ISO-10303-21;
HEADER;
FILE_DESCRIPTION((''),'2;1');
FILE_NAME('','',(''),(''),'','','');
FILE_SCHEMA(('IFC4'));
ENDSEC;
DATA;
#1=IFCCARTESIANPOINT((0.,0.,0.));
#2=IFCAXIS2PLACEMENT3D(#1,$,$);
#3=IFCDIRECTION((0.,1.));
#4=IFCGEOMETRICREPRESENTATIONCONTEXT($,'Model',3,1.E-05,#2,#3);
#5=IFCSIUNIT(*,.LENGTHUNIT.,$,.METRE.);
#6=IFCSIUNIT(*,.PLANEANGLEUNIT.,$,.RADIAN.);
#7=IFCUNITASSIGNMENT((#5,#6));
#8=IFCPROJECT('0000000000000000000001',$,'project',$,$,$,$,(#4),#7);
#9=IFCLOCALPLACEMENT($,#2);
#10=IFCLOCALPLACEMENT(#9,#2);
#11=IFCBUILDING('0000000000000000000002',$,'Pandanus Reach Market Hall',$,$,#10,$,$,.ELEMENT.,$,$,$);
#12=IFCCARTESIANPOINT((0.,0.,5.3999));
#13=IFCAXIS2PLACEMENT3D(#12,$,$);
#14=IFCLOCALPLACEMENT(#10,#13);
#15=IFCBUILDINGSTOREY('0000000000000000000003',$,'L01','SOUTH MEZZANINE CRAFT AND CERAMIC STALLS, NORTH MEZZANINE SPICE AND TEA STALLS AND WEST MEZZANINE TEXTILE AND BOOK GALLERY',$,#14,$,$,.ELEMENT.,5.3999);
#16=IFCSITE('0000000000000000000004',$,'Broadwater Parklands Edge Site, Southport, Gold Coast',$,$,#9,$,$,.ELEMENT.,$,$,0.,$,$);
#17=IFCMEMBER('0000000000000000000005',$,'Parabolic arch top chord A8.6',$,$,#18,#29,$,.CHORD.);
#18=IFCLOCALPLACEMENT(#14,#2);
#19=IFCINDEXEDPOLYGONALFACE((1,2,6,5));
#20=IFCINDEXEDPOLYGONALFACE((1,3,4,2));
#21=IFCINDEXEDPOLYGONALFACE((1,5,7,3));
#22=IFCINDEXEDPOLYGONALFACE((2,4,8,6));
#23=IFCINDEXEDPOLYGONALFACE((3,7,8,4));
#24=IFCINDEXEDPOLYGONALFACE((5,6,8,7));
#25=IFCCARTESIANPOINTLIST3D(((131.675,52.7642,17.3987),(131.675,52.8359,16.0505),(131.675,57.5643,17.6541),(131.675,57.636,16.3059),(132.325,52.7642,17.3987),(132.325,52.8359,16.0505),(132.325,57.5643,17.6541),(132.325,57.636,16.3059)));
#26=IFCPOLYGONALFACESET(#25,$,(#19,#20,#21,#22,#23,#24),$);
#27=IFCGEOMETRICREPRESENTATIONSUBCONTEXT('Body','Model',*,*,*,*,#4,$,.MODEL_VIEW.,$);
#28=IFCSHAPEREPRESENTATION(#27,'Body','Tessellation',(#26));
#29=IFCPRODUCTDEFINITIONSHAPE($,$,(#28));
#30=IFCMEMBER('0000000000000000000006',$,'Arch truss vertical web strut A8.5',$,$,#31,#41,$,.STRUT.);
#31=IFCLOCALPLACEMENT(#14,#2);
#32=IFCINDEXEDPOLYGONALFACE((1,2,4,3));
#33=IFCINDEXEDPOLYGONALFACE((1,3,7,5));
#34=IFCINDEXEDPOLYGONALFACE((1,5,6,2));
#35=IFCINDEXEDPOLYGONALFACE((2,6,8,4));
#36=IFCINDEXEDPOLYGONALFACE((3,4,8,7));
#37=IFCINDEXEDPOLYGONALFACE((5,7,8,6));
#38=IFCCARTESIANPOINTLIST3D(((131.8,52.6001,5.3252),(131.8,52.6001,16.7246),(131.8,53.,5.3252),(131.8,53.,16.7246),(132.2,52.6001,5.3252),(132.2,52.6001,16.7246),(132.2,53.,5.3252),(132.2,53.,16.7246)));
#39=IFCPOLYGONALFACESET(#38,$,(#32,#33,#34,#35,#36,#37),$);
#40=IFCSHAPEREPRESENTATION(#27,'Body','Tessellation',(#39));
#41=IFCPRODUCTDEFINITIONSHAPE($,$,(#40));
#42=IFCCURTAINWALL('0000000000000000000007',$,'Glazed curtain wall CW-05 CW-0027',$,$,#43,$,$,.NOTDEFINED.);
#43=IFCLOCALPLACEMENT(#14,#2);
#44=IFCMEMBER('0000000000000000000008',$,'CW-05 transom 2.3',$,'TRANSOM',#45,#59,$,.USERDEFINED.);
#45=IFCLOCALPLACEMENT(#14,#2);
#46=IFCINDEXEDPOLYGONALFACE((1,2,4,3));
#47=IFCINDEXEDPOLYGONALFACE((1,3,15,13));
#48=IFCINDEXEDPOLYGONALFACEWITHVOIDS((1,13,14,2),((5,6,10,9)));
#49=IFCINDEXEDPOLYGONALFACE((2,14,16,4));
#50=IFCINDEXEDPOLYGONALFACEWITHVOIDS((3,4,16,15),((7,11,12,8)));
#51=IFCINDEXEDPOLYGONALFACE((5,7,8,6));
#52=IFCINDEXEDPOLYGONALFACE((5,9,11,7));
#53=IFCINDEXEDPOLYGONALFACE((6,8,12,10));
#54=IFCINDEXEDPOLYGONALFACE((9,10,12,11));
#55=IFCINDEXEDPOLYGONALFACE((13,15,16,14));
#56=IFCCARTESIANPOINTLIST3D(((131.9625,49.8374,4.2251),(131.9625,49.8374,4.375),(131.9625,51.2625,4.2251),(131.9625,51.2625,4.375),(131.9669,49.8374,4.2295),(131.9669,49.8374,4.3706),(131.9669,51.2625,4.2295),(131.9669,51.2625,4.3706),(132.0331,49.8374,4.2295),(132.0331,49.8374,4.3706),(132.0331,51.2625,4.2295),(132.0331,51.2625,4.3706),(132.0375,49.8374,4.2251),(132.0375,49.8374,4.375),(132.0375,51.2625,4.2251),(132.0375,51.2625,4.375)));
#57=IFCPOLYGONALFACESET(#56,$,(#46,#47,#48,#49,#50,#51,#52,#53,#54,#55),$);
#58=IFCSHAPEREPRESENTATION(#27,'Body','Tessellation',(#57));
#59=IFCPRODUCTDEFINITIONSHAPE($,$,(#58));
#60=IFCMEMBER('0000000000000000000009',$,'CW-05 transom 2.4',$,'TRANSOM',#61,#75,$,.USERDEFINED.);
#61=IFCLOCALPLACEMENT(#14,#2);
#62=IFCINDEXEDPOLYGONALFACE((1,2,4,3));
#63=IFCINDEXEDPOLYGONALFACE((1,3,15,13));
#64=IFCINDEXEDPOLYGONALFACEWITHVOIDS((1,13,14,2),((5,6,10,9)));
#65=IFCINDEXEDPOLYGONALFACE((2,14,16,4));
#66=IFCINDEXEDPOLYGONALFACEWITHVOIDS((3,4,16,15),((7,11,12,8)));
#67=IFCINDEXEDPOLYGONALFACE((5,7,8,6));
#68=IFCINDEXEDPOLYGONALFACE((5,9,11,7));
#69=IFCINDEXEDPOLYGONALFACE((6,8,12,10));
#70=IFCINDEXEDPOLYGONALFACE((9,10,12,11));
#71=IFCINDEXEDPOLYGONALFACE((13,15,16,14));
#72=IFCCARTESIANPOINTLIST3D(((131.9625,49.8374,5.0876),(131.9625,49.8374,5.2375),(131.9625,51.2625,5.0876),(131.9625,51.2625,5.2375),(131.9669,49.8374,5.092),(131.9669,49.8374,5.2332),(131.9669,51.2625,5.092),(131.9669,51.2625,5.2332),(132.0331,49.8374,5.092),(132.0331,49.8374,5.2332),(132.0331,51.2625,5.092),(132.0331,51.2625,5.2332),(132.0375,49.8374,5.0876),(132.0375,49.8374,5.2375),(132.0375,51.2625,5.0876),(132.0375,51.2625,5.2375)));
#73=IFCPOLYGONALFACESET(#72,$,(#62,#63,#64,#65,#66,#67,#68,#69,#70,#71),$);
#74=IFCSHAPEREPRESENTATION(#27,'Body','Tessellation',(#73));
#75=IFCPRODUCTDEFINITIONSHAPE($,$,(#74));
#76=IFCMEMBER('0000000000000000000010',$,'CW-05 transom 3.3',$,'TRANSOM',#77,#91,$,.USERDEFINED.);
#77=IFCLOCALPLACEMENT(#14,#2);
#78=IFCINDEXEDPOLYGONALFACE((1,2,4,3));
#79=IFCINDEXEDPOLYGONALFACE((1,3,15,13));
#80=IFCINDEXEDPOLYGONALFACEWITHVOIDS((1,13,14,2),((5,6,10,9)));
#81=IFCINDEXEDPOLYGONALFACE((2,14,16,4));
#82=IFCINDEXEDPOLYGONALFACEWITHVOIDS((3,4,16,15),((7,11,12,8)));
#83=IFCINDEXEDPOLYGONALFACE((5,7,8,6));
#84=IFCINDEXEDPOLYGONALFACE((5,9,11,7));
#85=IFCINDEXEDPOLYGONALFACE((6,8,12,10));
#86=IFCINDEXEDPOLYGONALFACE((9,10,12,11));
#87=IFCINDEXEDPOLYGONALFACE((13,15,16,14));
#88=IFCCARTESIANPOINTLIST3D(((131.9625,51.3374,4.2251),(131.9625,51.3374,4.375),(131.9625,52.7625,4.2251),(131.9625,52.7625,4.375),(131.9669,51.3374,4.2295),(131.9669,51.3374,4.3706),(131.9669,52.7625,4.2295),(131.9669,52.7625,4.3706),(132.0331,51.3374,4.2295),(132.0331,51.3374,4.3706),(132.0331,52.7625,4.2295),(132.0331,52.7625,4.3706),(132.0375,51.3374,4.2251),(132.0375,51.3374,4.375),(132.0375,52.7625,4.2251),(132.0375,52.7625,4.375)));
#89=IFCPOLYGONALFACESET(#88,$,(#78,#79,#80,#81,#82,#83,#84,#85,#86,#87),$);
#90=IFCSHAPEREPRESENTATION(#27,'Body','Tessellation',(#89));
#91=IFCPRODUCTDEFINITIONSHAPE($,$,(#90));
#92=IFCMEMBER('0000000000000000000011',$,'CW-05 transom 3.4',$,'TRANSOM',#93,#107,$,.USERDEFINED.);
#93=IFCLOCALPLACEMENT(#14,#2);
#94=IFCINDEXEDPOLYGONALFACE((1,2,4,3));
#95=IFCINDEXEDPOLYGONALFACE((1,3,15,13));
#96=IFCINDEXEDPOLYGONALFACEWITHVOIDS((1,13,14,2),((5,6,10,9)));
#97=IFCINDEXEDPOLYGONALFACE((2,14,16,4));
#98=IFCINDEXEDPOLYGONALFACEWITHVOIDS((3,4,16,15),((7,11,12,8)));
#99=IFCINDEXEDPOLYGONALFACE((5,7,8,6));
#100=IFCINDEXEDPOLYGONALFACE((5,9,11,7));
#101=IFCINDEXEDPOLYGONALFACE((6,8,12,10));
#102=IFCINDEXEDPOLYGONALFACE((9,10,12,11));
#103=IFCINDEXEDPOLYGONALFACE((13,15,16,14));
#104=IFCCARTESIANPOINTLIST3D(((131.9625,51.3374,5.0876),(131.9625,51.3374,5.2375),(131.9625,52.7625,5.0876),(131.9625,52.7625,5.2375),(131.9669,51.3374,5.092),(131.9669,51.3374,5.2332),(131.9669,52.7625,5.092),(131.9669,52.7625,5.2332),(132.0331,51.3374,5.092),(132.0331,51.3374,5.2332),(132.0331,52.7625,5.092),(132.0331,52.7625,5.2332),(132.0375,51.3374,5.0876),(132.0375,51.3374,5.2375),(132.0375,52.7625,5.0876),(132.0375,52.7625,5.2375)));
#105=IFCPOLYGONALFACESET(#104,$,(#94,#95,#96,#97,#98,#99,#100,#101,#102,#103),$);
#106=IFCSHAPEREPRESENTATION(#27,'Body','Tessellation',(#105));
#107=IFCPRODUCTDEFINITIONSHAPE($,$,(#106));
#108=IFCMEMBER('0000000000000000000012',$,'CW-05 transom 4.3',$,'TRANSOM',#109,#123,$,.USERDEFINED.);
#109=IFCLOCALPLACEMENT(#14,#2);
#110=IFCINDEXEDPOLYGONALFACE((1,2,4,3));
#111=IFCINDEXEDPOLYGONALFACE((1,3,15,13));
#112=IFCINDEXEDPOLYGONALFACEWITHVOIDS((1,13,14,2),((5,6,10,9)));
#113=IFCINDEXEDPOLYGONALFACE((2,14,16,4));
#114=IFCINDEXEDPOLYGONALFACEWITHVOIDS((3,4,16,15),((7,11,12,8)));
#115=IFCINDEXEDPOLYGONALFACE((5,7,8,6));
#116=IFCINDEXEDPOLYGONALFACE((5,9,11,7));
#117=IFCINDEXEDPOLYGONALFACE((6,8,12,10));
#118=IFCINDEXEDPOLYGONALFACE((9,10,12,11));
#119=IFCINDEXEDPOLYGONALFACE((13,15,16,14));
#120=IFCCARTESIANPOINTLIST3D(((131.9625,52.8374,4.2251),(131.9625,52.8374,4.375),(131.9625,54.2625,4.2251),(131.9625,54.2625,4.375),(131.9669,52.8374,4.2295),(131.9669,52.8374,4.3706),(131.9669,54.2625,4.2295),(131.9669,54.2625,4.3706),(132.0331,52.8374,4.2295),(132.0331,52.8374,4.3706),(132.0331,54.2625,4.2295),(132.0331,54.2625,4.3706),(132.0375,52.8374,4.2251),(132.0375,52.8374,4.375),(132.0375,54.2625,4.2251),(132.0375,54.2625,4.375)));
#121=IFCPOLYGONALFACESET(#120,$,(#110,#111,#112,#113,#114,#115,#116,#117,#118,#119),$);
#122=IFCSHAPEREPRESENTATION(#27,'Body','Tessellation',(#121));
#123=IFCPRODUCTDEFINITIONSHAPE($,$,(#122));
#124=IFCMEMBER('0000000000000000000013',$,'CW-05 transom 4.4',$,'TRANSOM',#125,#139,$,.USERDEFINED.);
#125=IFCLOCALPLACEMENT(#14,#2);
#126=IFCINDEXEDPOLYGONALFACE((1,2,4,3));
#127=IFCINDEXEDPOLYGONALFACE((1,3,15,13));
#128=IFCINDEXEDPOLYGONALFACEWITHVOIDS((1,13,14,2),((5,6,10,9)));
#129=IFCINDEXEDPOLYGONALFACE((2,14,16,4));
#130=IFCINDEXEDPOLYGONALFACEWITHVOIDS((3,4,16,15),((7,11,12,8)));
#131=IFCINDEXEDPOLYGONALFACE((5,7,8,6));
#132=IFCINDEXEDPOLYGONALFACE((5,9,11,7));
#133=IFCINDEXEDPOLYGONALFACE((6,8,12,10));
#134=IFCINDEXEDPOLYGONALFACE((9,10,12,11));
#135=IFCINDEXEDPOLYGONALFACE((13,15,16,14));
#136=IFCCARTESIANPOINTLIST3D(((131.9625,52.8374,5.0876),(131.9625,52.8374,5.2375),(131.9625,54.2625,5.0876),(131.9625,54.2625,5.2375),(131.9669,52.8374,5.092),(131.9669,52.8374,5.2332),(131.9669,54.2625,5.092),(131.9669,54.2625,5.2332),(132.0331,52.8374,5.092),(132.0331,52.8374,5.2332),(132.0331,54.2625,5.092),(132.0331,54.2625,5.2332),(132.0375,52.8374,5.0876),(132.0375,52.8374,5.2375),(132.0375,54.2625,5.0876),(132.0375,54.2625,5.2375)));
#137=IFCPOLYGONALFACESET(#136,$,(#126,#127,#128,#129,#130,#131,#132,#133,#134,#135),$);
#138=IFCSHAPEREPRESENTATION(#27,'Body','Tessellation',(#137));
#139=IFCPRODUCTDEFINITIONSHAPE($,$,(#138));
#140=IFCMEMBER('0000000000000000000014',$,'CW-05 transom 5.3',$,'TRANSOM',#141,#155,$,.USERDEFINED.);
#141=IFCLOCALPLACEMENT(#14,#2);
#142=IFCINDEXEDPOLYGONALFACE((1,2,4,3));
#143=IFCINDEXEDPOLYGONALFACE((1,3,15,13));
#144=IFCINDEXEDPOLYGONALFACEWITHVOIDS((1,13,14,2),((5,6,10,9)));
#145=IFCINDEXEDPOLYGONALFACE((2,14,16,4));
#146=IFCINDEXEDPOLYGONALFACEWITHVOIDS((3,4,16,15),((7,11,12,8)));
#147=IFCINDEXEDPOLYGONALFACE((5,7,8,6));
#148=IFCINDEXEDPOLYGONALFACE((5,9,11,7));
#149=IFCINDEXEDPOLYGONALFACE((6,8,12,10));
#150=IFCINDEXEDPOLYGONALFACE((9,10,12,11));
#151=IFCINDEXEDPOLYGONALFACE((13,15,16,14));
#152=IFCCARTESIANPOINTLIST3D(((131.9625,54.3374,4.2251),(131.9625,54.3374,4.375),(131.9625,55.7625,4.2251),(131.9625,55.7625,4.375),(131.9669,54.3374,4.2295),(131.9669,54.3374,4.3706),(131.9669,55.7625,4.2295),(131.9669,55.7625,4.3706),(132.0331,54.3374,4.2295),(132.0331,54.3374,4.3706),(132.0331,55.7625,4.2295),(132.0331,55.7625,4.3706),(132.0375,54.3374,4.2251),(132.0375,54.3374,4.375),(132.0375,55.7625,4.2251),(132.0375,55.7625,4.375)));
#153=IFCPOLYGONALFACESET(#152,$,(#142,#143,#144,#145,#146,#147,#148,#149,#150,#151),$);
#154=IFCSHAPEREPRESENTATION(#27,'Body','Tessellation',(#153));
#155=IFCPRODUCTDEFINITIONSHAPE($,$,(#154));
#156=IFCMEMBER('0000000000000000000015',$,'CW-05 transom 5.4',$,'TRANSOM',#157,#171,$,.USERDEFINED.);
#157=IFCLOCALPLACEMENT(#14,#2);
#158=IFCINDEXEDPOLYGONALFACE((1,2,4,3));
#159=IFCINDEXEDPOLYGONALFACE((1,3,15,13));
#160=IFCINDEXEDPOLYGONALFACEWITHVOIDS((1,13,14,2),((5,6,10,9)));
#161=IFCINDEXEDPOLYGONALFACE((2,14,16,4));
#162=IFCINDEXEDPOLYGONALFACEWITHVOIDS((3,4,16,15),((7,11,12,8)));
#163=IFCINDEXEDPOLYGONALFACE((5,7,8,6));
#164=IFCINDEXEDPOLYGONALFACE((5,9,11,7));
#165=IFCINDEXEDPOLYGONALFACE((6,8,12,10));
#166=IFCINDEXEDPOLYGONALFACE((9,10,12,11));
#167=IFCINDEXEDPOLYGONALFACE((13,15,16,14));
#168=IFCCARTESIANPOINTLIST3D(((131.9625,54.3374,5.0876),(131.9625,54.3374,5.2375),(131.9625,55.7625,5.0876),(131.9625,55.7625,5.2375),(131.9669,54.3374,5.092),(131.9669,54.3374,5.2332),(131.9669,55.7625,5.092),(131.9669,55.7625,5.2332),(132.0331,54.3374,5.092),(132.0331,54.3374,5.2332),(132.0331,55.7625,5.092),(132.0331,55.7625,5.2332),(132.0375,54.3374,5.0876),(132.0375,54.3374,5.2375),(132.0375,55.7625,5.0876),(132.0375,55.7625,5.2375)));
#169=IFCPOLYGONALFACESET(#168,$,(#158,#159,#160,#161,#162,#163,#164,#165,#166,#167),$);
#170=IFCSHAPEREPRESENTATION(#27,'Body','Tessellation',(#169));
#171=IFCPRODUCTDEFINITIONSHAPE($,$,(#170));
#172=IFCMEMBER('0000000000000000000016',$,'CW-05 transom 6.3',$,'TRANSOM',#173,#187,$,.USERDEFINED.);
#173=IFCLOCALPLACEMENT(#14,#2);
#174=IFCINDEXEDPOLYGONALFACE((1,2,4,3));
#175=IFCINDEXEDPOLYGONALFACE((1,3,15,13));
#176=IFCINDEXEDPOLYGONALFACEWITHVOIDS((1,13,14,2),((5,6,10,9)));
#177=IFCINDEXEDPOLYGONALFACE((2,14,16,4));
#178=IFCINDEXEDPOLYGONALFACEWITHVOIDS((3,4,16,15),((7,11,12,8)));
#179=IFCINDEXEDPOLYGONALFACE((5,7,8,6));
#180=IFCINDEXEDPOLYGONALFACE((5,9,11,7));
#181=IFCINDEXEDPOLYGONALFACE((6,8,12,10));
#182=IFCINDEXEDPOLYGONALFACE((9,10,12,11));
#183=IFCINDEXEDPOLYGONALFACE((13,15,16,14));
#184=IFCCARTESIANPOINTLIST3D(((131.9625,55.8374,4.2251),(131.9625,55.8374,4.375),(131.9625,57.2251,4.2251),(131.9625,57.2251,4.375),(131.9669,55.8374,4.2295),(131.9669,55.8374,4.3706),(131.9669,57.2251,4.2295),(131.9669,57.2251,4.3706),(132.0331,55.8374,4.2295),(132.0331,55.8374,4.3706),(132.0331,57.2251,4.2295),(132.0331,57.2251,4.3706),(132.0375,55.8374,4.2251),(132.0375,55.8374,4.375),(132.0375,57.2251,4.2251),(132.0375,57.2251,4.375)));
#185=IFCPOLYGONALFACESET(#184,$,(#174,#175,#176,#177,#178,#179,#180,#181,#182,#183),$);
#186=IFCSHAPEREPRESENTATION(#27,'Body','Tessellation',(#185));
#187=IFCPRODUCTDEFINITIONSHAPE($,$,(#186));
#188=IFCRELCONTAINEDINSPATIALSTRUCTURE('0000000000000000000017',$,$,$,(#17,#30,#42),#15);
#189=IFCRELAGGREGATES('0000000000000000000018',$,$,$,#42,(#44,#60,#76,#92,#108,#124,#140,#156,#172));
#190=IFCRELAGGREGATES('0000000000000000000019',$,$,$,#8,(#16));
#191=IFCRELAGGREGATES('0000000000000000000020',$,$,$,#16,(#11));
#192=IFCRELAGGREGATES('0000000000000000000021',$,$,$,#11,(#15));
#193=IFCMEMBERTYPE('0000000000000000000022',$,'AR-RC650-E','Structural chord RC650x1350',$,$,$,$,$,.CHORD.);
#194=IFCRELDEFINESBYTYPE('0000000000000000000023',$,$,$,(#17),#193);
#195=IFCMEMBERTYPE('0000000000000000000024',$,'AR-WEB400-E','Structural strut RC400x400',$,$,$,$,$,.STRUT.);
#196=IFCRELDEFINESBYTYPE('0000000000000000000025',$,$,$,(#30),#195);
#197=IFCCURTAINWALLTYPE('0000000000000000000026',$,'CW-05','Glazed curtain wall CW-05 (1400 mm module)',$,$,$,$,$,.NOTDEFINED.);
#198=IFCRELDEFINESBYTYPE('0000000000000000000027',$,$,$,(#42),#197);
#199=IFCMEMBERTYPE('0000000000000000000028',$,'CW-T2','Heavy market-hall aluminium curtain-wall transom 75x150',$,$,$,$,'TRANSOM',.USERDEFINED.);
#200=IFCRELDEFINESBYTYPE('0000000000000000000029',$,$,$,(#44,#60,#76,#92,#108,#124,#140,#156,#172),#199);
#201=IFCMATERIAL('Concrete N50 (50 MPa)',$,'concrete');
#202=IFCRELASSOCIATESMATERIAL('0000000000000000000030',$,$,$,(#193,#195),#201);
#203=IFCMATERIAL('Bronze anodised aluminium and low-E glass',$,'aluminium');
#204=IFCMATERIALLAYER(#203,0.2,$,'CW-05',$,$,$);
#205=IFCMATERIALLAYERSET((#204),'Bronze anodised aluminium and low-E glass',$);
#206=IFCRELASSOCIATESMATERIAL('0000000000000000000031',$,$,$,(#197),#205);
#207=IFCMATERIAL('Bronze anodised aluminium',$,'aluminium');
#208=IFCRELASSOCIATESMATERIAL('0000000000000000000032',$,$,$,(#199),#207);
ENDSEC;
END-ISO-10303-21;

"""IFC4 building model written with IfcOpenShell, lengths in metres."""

from ifc_helpers import new_model, si_unit, direction, frame, origin, origin_2d, place, context, subcontext, project, spatial, rectangle, hollow_rectangle, extrude, material, layer, layer_set, material_profile, profile_set, type_object, element, aggregate, save


model = new_model("IFC4")

# Units and contexts
model_context = context("Model", 3, precision=1e-05, world=origin(), true_north=direction((0.0, 1.0)))
body_context = subcontext(model_context, "Body", "Model", "MODEL_VIEW")
ifc_project = project(units=[si_unit("LENGTHUNIT", "METRE"), si_unit("PLANEANGLEUNIT", "RADIAN")], contexts=[model_context])

# Site, building, storey
site_placement = place(None, origin())
site = spatial("IfcSite", under=ifc_project, at=site_placement, Name="Broadwater Parklands Edge Site, Southport, Gold Coast", CompositionType="ELEMENT", RefElevation=0.0)
building_placement = place(site_placement, origin())
building = spatial("IfcBuilding", under=site, at=building_placement, Name="Pandanus Reach Market Hall", CompositionType="ELEMENT")
storey_placement = place(building_placement, frame((0.0, 0.0, 5.3999)))
storey = spatial("IfcBuildingStorey", under=building, at=storey_placement, Name="L01", Description="SOUTH MEZZANINE CRAFT AND CERAMIC STALLS, NORTH MEZZANINE SPICE AND TEA STALLS AND WEST MEZZANINE TEXTILE AND BOOK GALLERY", CompositionType="ELEMENT", Elevation=5.3999)

# Members
ifc_material_1 = material(Name="Concrete N50 (50 MPa)", Category="concrete")
ifc_material_profile_1 = material_profile(ifc_material_1, rectangle(XDim=0.6499, YDim=1.3501, at=origin_2d()), Name="RC650x1350", Category="LoadBearing")
ifc_profile_set_1 = profile_set([ifc_material_profile_1], Name="Concrete N50 (50 MPa)")
member_type_1 = type_object("IfcMemberType", Name="AR-RC650-E", Description="Structural chord RC650x1350", PredefinedType="CHORD", material=ifc_profile_set_1)
member_1_placement = place(storey_placement, frame((132.0, 52.8, 16.7246), z_axis=(0.0, 0.998588, 0.053127), x_axis=(-1.0, 0.0, 0.0)))
element("IfcMember", 1, at=member_1_placement, inside=storey, type_object=member_type_1, Name="Parabolic arch top chord A8.6", PredefinedType="CHORD", context=body_context, shape_type="SweptSolid", body=[
    extrude(rectangle(XDim=0.6499, YDim=1.3501, at=origin_2d()), origin(), (0.0, 0.0, 1.0), 4.8069),
])
ifc_material_profile_2 = material_profile(ifc_material_1, rectangle(XDim=0.3999, YDim=0.3999, at=origin_2d()), Name="RC400x400", Category="LoadBearing")
ifc_profile_set_2 = profile_set([ifc_material_profile_2], Name="Concrete N50 (50 MPa)")
member_type_2 = type_object("IfcMemberType", Name="AR-WEB400-E", Description="Structural strut RC400x400", PredefinedType="STRUT", material=ifc_profile_set_2)
member_2_placement = place(storey_placement, frame((132.0, 52.8, 5.3252), z_axis=(0.0, 0.0, 1.0), x_axis=(1.0, 0.0, 0.0)))
element("IfcMember", 2, at=member_2_placement, inside=storey, type_object=member_type_2, Name="Arch truss vertical web strut A8.5", PredefinedType="STRUT", context=body_context, shape_type="SweptSolid", body=[
    extrude(rectangle(XDim=0.3999, YDim=0.3999, at=origin_2d()), origin(), (0.0, 0.0, 1.0), 11.3994),
])

# Curtain wall, members
ifc_material_2 = material(Name="Bronze anodised aluminium and low-E glass", Category="aluminium")
ifc_layer_1 = layer(ifc_material_2, 0.2, Name="CW-05")
ifc_layer_set_1 = layer_set([ifc_layer_1], Name="Bronze anodised aluminium and low-E glass")
curtain_wall_type = type_object("IfcCurtainWallType", Name="CW-05", Description="Glazed curtain wall CW-05 (1400 mm module)", PredefinedType="NOTDEFINED", material=ifc_layer_set_1)
curtain_wall_placement = place(storey_placement, origin())
curtain_wall = element("IfcCurtainWall", 3, at=curtain_wall_placement, inside=storey, type_object=curtain_wall_type, Name="Glazed curtain wall CW-05 CW-0027", PredefinedType="NOTDEFINED")
ifc_material_3 = material(Name="Bronze anodised aluminium", Category="aluminium")
ifc_material_profile_3 = material_profile(ifc_material_3, hollow_rectangle(XDim=0.075, YDim=0.1499, WallThickness=0.0044, at=origin_2d()), Name="ALU75x150", Category="LoadBearing")
ifc_profile_set_3 = profile_set([ifc_material_profile_3], Name="Bronze anodised aluminium")
member_type_3 = type_object("IfcMemberType", Name="CW-T2", Description="Heavy market-hall aluminium curtain-wall transom 75x150", ElementType="TRANSOM", PredefinedType="USERDEFINED", material=ifc_profile_set_3)
member_3_placement = place(storey_placement, frame((132.0, 49.8374, 4.3), z_axis=(0.0, 1.0, 0.0), x_axis=(-1.0, 0.0, 0.0)))
member_3 = element("IfcMember", 4, at=member_3_placement, type_object=member_type_3, Name="CW-05 transom 2.3", ObjectType="TRANSOM", PredefinedType="USERDEFINED", context=body_context, shape_type="SweptSolid", body=[
    extrude(hollow_rectangle(XDim=0.075, YDim=0.1499, WallThickness=0.0044, at=origin_2d()), origin(), (0.0, 0.0, 1.0), 1.425),
])
member_4_placement = place(storey_placement, frame((132.0, 49.8374, 5.1626), z_axis=(0.0, 1.0, 0.0), x_axis=(-1.0, 0.0, 0.0)))
member_4 = element("IfcMember", 5, at=member_4_placement, type_object=member_type_3, Name="CW-05 transom 2.4", ObjectType="TRANSOM", PredefinedType="USERDEFINED", context=body_context, shape_type="SweptSolid", body=[
    extrude(hollow_rectangle(XDim=0.075, YDim=0.1499, WallThickness=0.0044, at=origin_2d()), origin(), (0.0, 0.0, 1.0), 1.425),
])
member_5_placement = place(storey_placement, frame((132.0, 51.3374, 4.3), z_axis=(0.0, 1.0, 0.0), x_axis=(-1.0, 0.0, 0.0)))
member_5 = element("IfcMember", 6, at=member_5_placement, type_object=member_type_3, Name="CW-05 transom 3.3", ObjectType="TRANSOM", PredefinedType="USERDEFINED", context=body_context, shape_type="SweptSolid", body=[
    extrude(hollow_rectangle(XDim=0.075, YDim=0.1499, WallThickness=0.0044, at=origin_2d()), origin(), (0.0, 0.0, 1.0), 1.425),
])
member_6_placement = place(storey_placement, frame((132.0, 51.3374, 5.1626), z_axis=(0.0, 1.0, 0.0), x_axis=(-1.0, 0.0, 0.0)))
member_6 = element("IfcMember", 7, at=member_6_placement, type_object=member_type_3, Name="CW-05 transom 3.4", ObjectType="TRANSOM", PredefinedType="USERDEFINED", context=body_context, shape_type="SweptSolid", body=[
    extrude(hollow_rectangle(XDim=0.075, YDim=0.1499, WallThickness=0.0044, at=origin_2d()), origin(), (0.0, 0.0, 1.0), 1.425),
])
member_7_placement = place(storey_placement, frame((132.0, 52.8374, 4.3), z_axis=(0.0, 1.0, 0.0), x_axis=(-1.0, 0.0, 0.0)))
member_7 = element("IfcMember", 8, at=member_7_placement, type_object=member_type_3, Name="CW-05 transom 4.3", ObjectType="TRANSOM", PredefinedType="USERDEFINED", context=body_context, shape_type="SweptSolid", body=[
    extrude(hollow_rectangle(XDim=0.075, YDim=0.1499, WallThickness=0.0044, at=origin_2d()), origin(), (0.0, 0.0, 1.0), 1.425),
])
member_8_placement = place(storey_placement, frame((132.0, 52.8374, 5.1626), z_axis=(0.0, 1.0, 0.0), x_axis=(-1.0, 0.0, 0.0)))
member_8 = element("IfcMember", 9, at=member_8_placement, type_object=member_type_3, Name="CW-05 transom 4.4", ObjectType="TRANSOM", PredefinedType="USERDEFINED", context=body_context, shape_type="SweptSolid", body=[
    extrude(hollow_rectangle(XDim=0.075, YDim=0.1499, WallThickness=0.0044, at=origin_2d()), origin(), (0.0, 0.0, 1.0), 1.425),
])
member_9_placement = place(storey_placement, frame((132.0, 54.3374, 4.3), z_axis=(0.0, 1.0, 0.0), x_axis=(-1.0, 0.0, 0.0)))
member_9 = element("IfcMember", 10, at=member_9_placement, type_object=member_type_3, Name="CW-05 transom 5.3", ObjectType="TRANSOM", PredefinedType="USERDEFINED", context=body_context, shape_type="SweptSolid", body=[
    extrude(hollow_rectangle(XDim=0.075, YDim=0.1499, WallThickness=0.0044, at=origin_2d()), origin(), (0.0, 0.0, 1.0), 1.425),
])
member_10_placement = place(storey_placement, frame((132.0, 54.3374, 5.1626), z_axis=(0.0, 1.0, 0.0), x_axis=(-1.0, 0.0, 0.0)))
member_10 = element("IfcMember", 11, at=member_10_placement, type_object=member_type_3, Name="CW-05 transom 5.4", ObjectType="TRANSOM", PredefinedType="USERDEFINED", context=body_context, shape_type="SweptSolid", body=[
    extrude(hollow_rectangle(XDim=0.075, YDim=0.1499, WallThickness=0.0044, at=origin_2d()), origin(), (0.0, 0.0, 1.0), 1.425),
])
member_11_placement = place(storey_placement, frame((132.0, 55.8374, 4.3), z_axis=(0.0, 1.0, 0.0), x_axis=(-1.0, 0.0, 0.0)))
member_11 = element("IfcMember", 12, at=member_11_placement, type_object=member_type_3, Name="CW-05 transom 6.3", ObjectType="TRANSOM", PredefinedType="USERDEFINED", context=body_context, shape_type="SweptSolid", body=[
    extrude(hollow_rectangle(XDim=0.075, YDim=0.1499, WallThickness=0.0044, at=origin_2d()), origin(), (0.0, 0.0, 1.0), 1.3877),
])
aggregate(curtain_wall, [member_3, member_4, member_5, member_6, member_7, member_8, member_9, member_10, member_11])

save(model, "model.ifc")
